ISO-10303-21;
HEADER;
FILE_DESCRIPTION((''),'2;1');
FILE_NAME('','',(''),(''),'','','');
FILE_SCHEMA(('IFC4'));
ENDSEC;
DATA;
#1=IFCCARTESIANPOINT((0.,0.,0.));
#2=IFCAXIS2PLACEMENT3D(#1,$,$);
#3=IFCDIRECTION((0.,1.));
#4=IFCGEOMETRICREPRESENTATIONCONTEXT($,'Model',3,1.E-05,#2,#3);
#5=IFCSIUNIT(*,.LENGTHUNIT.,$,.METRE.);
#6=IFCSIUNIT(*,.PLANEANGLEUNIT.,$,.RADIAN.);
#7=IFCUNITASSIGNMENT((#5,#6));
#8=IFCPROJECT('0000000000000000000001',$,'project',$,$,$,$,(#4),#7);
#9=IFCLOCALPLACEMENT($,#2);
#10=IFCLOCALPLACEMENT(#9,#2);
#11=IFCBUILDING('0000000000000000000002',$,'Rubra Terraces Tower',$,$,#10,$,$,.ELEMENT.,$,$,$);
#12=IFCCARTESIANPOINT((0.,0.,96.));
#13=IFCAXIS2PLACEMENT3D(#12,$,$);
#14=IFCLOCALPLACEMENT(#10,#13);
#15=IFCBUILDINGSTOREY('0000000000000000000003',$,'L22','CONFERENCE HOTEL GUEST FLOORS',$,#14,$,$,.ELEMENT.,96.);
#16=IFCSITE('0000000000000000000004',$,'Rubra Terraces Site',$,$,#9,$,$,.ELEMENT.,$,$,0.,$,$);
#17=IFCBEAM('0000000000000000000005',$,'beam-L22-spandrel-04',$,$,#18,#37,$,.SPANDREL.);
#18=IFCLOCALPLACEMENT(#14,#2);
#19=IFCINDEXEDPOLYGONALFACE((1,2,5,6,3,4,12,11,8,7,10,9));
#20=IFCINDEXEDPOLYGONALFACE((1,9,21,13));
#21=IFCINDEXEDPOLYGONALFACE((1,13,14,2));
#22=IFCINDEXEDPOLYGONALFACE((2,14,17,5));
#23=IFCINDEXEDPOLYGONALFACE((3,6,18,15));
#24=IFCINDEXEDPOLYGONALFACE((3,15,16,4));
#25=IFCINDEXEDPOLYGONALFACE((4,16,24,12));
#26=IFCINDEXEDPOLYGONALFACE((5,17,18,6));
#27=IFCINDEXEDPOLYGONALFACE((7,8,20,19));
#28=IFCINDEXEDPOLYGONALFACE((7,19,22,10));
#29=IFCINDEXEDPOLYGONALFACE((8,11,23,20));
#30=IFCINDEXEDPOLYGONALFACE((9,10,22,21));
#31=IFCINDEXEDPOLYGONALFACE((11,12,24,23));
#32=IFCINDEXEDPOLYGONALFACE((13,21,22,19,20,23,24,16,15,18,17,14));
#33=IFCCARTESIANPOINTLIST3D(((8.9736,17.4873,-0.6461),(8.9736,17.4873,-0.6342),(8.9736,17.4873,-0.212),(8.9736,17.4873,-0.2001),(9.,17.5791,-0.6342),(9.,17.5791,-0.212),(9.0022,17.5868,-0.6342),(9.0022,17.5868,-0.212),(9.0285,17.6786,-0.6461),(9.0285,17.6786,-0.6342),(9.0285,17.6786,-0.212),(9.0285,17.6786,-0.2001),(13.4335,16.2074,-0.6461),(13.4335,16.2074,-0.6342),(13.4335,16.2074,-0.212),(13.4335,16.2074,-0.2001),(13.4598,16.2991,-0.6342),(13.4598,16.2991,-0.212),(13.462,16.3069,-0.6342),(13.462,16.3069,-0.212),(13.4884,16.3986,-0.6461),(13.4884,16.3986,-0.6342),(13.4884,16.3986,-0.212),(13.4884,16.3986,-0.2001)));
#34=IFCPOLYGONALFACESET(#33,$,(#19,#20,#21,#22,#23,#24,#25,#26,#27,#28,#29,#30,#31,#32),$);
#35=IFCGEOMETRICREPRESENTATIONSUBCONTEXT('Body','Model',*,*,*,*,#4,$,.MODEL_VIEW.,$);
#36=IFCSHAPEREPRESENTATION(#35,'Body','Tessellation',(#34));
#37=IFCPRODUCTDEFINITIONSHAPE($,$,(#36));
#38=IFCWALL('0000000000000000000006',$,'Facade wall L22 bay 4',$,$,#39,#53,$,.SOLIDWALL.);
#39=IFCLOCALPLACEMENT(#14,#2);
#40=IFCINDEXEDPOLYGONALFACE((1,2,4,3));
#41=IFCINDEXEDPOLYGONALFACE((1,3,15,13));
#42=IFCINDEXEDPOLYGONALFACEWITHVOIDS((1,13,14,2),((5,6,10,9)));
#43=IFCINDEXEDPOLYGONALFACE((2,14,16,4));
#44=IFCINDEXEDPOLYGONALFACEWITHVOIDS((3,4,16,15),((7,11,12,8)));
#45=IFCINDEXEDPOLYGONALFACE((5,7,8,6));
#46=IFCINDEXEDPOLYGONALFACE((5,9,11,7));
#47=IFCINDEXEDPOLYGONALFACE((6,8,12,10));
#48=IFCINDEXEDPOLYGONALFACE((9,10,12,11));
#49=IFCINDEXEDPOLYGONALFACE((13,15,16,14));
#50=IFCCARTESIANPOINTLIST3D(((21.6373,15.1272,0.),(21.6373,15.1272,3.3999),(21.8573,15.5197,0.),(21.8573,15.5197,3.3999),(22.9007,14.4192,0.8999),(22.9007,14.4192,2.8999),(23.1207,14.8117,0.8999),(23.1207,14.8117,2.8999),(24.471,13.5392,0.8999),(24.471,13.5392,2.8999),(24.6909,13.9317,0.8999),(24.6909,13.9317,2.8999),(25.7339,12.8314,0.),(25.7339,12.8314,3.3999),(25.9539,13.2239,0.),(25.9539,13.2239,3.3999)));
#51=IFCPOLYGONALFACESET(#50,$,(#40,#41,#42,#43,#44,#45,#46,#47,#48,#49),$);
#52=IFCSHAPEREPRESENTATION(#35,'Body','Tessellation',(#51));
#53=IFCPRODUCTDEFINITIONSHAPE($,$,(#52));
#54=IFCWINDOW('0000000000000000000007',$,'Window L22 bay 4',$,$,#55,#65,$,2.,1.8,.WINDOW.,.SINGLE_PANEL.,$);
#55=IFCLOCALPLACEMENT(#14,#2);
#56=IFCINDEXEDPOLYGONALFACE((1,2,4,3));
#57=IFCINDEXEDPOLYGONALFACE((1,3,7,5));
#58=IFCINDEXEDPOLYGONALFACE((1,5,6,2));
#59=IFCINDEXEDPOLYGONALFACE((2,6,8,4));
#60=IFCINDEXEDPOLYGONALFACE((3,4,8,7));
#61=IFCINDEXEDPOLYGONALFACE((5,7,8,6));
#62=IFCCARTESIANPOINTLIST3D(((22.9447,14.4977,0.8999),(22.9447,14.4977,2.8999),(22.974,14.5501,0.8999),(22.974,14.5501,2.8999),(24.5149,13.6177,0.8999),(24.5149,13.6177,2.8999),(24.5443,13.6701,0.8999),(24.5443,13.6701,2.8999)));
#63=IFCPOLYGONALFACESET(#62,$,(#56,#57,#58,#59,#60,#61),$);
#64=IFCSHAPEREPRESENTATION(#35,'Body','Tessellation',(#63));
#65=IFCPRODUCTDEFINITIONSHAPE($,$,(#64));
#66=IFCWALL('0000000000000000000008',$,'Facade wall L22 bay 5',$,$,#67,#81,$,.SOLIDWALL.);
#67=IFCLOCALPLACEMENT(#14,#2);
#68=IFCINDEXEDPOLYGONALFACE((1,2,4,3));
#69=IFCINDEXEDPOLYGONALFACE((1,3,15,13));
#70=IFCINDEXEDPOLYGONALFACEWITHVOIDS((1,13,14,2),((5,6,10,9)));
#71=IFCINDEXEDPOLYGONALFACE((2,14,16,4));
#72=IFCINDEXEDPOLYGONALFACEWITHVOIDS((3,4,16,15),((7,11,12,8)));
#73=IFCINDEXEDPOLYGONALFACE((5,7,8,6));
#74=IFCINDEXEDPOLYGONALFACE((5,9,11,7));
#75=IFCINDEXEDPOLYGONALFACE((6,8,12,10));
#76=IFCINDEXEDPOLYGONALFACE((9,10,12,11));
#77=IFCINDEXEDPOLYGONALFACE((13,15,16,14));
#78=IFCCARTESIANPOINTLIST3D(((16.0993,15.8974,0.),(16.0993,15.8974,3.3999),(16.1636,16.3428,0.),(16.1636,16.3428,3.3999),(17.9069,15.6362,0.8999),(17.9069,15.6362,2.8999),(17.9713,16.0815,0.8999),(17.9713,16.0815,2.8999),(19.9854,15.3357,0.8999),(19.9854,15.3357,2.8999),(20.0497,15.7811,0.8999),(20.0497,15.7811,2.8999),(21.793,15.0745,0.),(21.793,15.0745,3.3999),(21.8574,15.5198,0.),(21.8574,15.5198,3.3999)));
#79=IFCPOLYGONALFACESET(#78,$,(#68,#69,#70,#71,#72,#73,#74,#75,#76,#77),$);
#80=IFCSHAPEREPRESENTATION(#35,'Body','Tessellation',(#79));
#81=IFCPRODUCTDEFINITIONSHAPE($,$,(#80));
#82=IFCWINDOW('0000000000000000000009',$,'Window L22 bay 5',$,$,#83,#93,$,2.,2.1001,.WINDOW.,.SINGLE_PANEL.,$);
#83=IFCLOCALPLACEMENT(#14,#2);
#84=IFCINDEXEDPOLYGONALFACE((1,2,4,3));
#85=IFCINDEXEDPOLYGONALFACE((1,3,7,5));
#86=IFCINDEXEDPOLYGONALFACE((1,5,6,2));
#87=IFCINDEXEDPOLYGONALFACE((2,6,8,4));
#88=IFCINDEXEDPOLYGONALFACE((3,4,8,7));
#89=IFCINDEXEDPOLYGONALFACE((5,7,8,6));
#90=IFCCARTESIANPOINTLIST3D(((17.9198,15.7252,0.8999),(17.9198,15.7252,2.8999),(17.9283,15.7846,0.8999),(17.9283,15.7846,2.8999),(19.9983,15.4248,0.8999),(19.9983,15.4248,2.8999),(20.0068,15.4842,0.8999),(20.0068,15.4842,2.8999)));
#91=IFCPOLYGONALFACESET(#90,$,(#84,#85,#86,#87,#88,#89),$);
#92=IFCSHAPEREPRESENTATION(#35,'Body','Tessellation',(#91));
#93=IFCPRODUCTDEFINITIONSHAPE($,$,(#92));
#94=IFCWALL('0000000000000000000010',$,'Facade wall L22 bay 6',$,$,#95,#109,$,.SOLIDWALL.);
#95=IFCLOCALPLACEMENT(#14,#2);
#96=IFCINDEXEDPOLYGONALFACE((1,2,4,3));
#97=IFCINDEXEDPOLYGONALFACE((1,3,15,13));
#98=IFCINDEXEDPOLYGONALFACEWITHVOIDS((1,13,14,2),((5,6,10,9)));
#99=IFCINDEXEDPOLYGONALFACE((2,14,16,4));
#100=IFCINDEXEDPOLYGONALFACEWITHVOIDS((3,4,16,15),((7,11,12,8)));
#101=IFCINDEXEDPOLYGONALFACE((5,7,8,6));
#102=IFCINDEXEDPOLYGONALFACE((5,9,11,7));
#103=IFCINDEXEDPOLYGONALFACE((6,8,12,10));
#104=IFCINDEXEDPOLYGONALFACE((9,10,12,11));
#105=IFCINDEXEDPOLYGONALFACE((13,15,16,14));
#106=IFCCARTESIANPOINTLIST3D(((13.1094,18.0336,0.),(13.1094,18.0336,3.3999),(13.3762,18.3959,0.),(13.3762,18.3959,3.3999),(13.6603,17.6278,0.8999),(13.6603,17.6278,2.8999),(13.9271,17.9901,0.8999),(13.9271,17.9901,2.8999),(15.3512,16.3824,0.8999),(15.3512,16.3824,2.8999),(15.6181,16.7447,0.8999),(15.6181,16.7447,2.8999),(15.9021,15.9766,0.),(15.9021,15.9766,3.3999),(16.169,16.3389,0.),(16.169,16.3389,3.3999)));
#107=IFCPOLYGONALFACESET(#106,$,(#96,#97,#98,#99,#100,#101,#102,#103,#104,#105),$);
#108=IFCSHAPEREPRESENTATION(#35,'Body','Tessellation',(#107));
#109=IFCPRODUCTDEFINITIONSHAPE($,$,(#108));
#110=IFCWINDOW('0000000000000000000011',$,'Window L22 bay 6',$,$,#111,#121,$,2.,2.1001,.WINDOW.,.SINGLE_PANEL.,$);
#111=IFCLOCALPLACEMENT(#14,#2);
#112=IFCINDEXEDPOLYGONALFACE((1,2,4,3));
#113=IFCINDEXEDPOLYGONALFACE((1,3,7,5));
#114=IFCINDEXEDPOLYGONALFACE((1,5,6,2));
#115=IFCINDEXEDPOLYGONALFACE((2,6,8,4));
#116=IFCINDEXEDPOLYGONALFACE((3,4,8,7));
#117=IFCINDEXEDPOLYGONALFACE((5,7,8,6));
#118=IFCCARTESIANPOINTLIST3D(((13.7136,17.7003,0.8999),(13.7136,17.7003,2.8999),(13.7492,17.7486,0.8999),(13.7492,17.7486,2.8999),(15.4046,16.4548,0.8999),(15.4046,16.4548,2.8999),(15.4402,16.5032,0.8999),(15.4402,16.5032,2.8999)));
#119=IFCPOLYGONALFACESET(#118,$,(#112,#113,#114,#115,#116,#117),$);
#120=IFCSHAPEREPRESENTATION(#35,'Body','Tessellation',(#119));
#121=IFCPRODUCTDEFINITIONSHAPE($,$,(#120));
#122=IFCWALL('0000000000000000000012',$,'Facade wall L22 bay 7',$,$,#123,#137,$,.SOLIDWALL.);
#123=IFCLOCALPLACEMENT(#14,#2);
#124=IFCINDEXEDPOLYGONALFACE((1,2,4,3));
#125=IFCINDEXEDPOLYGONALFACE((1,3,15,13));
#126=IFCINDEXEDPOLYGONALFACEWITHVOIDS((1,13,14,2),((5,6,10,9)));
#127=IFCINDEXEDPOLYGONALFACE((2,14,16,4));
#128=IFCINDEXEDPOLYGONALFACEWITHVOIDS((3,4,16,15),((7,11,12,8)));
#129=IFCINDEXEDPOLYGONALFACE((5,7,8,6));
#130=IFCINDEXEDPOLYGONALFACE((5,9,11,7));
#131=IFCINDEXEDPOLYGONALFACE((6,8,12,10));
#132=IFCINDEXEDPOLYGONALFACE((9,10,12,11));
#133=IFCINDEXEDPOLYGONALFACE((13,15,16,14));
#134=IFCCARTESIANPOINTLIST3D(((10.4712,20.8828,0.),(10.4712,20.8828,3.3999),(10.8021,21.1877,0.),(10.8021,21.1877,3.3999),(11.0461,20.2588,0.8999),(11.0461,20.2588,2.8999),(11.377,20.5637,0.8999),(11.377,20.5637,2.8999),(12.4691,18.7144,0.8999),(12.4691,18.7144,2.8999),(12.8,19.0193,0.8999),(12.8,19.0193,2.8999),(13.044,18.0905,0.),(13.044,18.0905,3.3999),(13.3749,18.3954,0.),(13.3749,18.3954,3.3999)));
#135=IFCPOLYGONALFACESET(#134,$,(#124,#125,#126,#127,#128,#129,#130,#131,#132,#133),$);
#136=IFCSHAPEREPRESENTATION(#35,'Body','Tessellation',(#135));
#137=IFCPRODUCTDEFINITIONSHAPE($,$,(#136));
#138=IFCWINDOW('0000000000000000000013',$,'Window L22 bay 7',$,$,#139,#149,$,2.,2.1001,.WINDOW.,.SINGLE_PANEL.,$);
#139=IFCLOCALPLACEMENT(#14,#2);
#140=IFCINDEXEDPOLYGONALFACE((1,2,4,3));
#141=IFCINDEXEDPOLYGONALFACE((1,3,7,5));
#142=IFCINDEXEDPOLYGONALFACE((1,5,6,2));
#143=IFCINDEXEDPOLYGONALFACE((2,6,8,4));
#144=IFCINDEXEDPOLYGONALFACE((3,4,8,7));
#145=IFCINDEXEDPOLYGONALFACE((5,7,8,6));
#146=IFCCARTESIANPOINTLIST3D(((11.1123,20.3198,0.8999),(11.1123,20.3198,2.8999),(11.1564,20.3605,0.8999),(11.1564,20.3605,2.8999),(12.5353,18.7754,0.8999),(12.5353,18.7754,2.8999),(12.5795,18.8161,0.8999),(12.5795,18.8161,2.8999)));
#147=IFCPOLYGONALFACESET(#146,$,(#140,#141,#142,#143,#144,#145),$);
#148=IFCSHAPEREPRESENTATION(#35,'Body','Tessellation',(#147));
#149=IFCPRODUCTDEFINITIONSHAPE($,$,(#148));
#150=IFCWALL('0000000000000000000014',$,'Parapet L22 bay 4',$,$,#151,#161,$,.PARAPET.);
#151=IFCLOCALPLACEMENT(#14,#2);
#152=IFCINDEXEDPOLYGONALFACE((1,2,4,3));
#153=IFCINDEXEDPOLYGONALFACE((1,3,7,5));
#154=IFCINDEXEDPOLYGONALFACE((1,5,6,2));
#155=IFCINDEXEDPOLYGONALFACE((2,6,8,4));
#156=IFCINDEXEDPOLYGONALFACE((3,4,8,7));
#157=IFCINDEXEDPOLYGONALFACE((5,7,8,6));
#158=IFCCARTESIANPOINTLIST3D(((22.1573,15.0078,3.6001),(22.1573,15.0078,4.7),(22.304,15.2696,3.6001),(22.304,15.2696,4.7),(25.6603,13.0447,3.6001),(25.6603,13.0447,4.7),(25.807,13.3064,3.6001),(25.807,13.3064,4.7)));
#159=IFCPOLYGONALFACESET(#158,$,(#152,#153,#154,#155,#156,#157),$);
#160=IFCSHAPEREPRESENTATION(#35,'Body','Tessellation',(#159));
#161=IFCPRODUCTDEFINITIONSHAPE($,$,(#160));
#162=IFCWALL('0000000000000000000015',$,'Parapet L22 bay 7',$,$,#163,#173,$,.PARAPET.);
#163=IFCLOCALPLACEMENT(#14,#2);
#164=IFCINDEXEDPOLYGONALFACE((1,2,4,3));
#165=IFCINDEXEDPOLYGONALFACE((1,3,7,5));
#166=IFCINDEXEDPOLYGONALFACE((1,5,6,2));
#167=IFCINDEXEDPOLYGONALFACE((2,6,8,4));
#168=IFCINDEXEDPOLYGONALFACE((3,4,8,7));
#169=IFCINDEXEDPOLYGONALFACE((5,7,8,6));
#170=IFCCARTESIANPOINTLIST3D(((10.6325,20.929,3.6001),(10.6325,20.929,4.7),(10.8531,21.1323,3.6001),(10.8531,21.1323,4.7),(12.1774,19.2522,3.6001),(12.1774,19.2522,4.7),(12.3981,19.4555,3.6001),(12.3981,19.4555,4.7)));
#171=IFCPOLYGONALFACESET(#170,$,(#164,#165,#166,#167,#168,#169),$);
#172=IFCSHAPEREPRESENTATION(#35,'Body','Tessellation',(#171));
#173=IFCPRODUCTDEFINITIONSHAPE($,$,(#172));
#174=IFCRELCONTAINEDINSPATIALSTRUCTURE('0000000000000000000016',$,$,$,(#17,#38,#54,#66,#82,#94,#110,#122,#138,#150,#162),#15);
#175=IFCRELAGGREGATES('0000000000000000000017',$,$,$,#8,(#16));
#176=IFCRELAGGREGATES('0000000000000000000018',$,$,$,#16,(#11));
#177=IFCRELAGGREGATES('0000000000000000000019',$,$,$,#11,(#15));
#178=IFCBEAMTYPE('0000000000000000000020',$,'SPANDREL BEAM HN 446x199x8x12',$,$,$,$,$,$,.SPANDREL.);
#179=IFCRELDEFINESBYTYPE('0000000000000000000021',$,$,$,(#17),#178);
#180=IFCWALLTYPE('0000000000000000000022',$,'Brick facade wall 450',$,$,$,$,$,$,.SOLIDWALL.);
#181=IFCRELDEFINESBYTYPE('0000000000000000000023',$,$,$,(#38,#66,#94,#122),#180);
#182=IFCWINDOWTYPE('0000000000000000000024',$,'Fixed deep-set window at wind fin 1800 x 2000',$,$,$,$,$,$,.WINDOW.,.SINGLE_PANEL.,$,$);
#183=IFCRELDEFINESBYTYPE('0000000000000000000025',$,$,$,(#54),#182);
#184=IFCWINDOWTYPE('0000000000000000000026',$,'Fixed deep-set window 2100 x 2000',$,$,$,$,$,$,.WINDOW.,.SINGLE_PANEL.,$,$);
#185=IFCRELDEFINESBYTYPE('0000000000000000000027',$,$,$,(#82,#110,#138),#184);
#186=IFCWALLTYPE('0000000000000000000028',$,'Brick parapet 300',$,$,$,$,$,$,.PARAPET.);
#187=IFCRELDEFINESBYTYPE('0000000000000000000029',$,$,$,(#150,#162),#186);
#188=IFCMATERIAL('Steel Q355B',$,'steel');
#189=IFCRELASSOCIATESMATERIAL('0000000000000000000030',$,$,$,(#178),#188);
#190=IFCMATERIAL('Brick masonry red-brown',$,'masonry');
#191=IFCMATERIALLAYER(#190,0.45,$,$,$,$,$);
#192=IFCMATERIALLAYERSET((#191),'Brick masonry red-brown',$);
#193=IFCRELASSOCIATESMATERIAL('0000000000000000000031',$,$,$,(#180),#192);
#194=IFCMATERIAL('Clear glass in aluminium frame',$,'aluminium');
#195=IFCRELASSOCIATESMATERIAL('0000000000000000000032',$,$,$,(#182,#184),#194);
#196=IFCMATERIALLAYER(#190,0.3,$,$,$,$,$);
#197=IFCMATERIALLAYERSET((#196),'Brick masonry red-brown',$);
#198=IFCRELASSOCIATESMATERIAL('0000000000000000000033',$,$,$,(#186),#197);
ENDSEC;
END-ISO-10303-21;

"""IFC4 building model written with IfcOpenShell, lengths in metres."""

from ifc_helpers import new_model, si_unit, direction, frame, frame_2d, origin, origin_2d, place, context, subcontext, project, spatial, rectangle, i_section, extrude, material, layer, layer_set, material_profile, profile_set, type_object, element, fill, save


model = new_model("IFC4")

# Units and contexts
model_context = context("Model", 3, precision=1e-05, world=origin(), true_north=direction((0.0, 1.0)))
body_context = subcontext(model_context, "Body", "Model", "MODEL_VIEW")
ifc_project = project(units=[si_unit("LENGTHUNIT", "METRE"), si_unit("PLANEANGLEUNIT", "RADIAN")], contexts=[model_context])

# Site, building, storey
site_placement = place(None, origin())
site = spatial("IfcSite", under=ifc_project, at=site_placement, Name="Rubra Terraces Site", CompositionType="ELEMENT", RefElevation=0.0)
building_placement = place(site_placement, origin())
building = spatial("IfcBuilding", under=site, at=building_placement, Name="Rubra Terraces Tower", CompositionType="ELEMENT")
storey_placement = place(building_placement, frame((0.0, 0.0, 96.0)))
storey = spatial("IfcBuildingStorey", under=building, at=storey_placement, Name="L22", Description="CONFERENCE HOTEL GUEST FLOORS", CompositionType="ELEMENT", Elevation=96.0)

# Beam
ifc_material_1 = material(Name="Steel Q355B", Category="steel")
ifc_material_profile_1 = material_profile(ifc_material_1, i_section(OverallWidth=0.199, OverallDepth=0.446, WebThickness=0.0081, FlangeThickness=0.012, at=origin_2d()), Name="HN 446x199x8x12")
ifc_profile_set_1 = profile_set([ifc_material_profile_1], Name="Steel Q355B")
beam_type_1 = type_object("IfcBeamType", Name="SPANDREL BEAM HN 446x199x8x12", PredefinedType="SPANDREL", material=ifc_profile_set_1)
beam_1_placement = place(storey_placement, frame((13.4609, 16.303, -0.4231), z_axis=(-0.961196, 0.275868, 0.0), x_axis=(-0.275868, -0.961196, 0.0)))
element("IfcBeam", 1, at=beam_1_placement, inside=storey, type_object=beam_type_1, Name="beam-L22-spandrel-04", PredefinedType="SPANDREL", context=body_context, shape_type="SweptSolid", body=[
    extrude(i_section(OverallWidth=0.199, OverallDepth=0.446, WebThickness=0.0081, FlangeThickness=0.012, at=origin_2d()), origin(), (0.0, 0.0, 1.0), 4.6399),
])

# Walls, openings, windows
ifc_material_2 = material(Name="Brick masonry red-brown", Category="masonry")
ifc_layer_1 = layer(ifc_material_2, 0.45)
ifc_layer_set_1 = layer_set([ifc_layer_1], Name="Brick masonry red-brown")
wall_type_1 = type_object("IfcWallType", Name="Brick facade wall 450", PredefinedType="SOLIDWALL", material=ifc_layer_set_1)
wall_1_placement = place(storey_placement, frame((25.844, 13.0276, 0.0), z_axis=(0.0, 0.0, 1.0), x_axis=(-0.872346, 0.488888, 0.0)))
wall_1 = element("IfcWall", 2, at=wall_1_placement, inside=storey, type_object=wall_type_1, Name="Facade wall L22 bay 4", PredefinedType="SOLIDWALL", context=body_context, shape_type="SweptSolid", body=[
    extrude(rectangle(XDim=4.696, YDim=0.45, at=frame_2d((2.3481, 0.0))), origin(), (0.0, 0.0, 1.0), 3.3999),
])
opening_1_placement = place(wall_1_placement, frame((1.448, 0.0, 0.8999)))
opening_1 = element("IfcOpeningElement", 3, at=opening_1_placement, cuts=wall_1, PredefinedType="OPENING", context=body_context, shape_type="SweptSolid", body=[
    extrude(rectangle(XDim=1.8, YDim=2.0, at=frame_2d((0.8999, 1.0))), frame((0.0, 0.2349, 0.0), z_axis=(0.0, -1.0, 0.0), x_axis=(1.0, 0.0, 0.0)), (0.0, 0.0, 1.0), 0.47),
])
ifc_material_3 = material(Name="Clear glass in aluminium frame", Category="aluminium")
window_type_1 = type_object("IfcWindowType", Name="Fixed deep-set window at wind fin 1800 x 2000", PartitioningType="SINGLE_PANEL", PredefinedType="WINDOW", material=ifc_material_3)
window_1_placement = place(opening_1_placement, origin())
window_1 = element("IfcWindow", 4, at=window_1_placement, inside=storey, type_object=window_type_1, Name="Window L22 bay 4", OverallHeight=2.0, OverallWidth=1.8, PartitioningType="SINGLE_PANEL", PredefinedType="WINDOW", context=body_context, shape_type="SweptSolid", body=[
    extrude(rectangle(XDim=1.8, YDim=2.0, at=frame_2d((0.8999, 1.0))), frame((0.0, 0.135, 0.0), z_axis=(0.0, -1.0, 0.0), x_axis=(1.0, 0.0, 0.0)), (0.0, 0.0, 1.0), 0.0601),
])
fill(opening_1, window_1)
wall_2_placement = place(storey_placement, frame((21.8252, 15.2971, 0.0), z_axis=(0.0, 0.0, 1.0), x_axis=(-0.989715, 0.143055, 0.0)))
wall_2 = element("IfcWall", 5, at=wall_2_placement, inside=storey, type_object=wall_type_1, Name="Facade wall L22 bay 5", PredefinedType="SOLIDWALL", context=body_context, shape_type="SweptSolid", body=[
    extrude(rectangle(XDim=5.7529, YDim=0.45, at=frame_2d((2.8765, 0.0))), origin(), (0.0, 0.0, 1.0), 3.3999),
])
opening_2_placement = place(wall_2_placement, frame((1.8264, 0.0, 0.8999)))
opening_2 = element("IfcOpeningElement", 6, at=opening_2_placement, cuts=wall_2, PredefinedType="OPENING", context=body_context, shape_type="SweptSolid", body=[
    extrude(rectangle(XDim=2.1001, YDim=2.0, at=frame_2d((1.05, 1.0))), frame((0.0, 0.2349, 0.0), z_axis=(0.0, -1.0, 0.0), x_axis=(1.0, 0.0, 0.0)), (0.0, 0.0, 1.0), 0.47),
])
window_type_2 = type_object("IfcWindowType", Name="Fixed deep-set window 2100 x 2000", PartitioningType="SINGLE_PANEL", PredefinedType="WINDOW", material=ifc_material_3)
window_2_placement = place(opening_2_placement, origin())
window_2 = element("IfcWindow", 7, at=window_2_placement, inside=storey, type_object=window_type_2, Name="Window L22 bay 5", OverallHeight=2.0, OverallWidth=2.1001, PartitioningType="SINGLE_PANEL", PredefinedType="WINDOW", context=body_context, shape_type="SweptSolid", body=[
    extrude(rectangle(XDim=2.1001, YDim=2.0, at=frame_2d((1.05, 1.0))), frame((0.0, 0.135, 0.0), z_axis=(0.0, -1.0, 0.0), x_axis=(1.0, 0.0, 0.0)), (0.0, 0.0, 1.0), 0.0601),
])
fill(opening_2, window_2)
wall_3_placement = place(storey_placement, frame((16.0356, 16.1577, 0.0), z_axis=(0.0, 0.0, 1.0), x_axis=(-0.805181, 0.593029, 0.0)))
wall_3 = element("IfcWall", 8, at=wall_3_placement, inside=storey, type_object=wall_type_1, Name="Facade wall L22 bay 6", PredefinedType="SOLIDWALL", context=body_context, shape_type="SweptSolid", body=[
    extrude(rectangle(XDim=3.4685, YDim=0.45, at=frame_2d((1.7344, 0.0))), origin(), (0.0, 0.0, 1.0), 3.3999),
])
opening_3_placement = place(wall_3_placement, frame((0.6843, 0.0, 0.8999)))
opening_3 = element("IfcOpeningElement", 9, at=opening_3_placement, cuts=wall_3, PredefinedType="OPENING", context=body_context, shape_type="SweptSolid", body=[
    extrude(rectangle(XDim=2.1001, YDim=2.0, at=frame_2d((1.05, 1.0))), frame((0.0, 0.2349, 0.0), z_axis=(0.0, -1.0, 0.0), x_axis=(1.0, 0.0, 0.0)), (0.0, 0.0, 1.0), 0.47),
])
window_3_placement = place(opening_3_placement, origin())
window_3 = element("IfcWindow", 10, at=window_3_placement, inside=storey, type_object=window_type_2, Name="Window L22 bay 6", OverallHeight=2.0, OverallWidth=2.1001, PartitioningType="SINGLE_PANEL", PredefinedType="WINDOW", context=body_context, shape_type="SweptSolid", body=[
    extrude(rectangle(XDim=2.1001, YDim=2.0, at=frame_2d((1.05, 1.0))), frame((0.0, 0.135, 0.0), z_axis=(0.0, -1.0, 0.0), x_axis=(1.0, 0.0, 0.0)), (0.0, 0.0, 1.0), 0.0601),
])
fill(opening_3, window_3)
wall_4_placement = place(storey_placement, frame((13.2095, 18.2429, 0.0), z_axis=(0.0, 0.0, 1.0), x_axis=(-0.677612, 0.735419, 0.0)))
wall_4 = element("IfcWall", 11, at=wall_4_placement, inside=storey, type_object=wall_type_1, Name="Facade wall L22 bay 7", PredefinedType="SOLIDWALL", context=body_context, shape_type="SweptSolid", body=[
    extrude(rectangle(XDim=3.7969, YDim=0.45, at=frame_2d((1.8984, 0.0))), origin(), (0.0, 0.0, 1.0), 3.3999),
])
opening_4_placement = place(wall_4_placement, frame((0.8484, 0.0, 0.8999)))
opening_4 = element("IfcOpeningElement", 12, at=opening_4_placement, cuts=wall_4, PredefinedType="OPENING", context=body_context, shape_type="SweptSolid", body=[
    extrude(rectangle(XDim=2.1001, YDim=2.0, at=frame_2d((1.05, 1.0))), frame((0.0, 0.2349, 0.0), z_axis=(0.0, -1.0, 0.0), x_axis=(1.0, 0.0, 0.0)), (0.0, 0.0, 1.0), 0.47),
])
window_4_placement = place(opening_4_placement, origin())
window_4 = element("IfcWindow", 13, at=window_4_placement, inside=storey, type_object=window_type_2, Name="Window L22 bay 7", OverallHeight=2.0, OverallWidth=2.1001, PartitioningType="SINGLE_PANEL", PredefinedType="WINDOW", context=body_context, shape_type="SweptSolid", body=[
    extrude(rectangle(XDim=2.1001, YDim=2.0, at=frame_2d((1.05, 1.0))), frame((0.0, 0.135, 0.0), z_axis=(0.0, -1.0, 0.0), x_axis=(1.0, 0.0, 0.0)), (0.0, 0.0, 1.0), 0.0601),
])
fill(opening_4, window_4)

# Walls
ifc_layer_2 = layer(ifc_material_2, 0.3)
ifc_layer_set_2 = layer_set([ifc_layer_2], Name="Brick masonry red-brown")
wall_type_2 = type_object("IfcWallType", Name="Brick parapet 300", PredefinedType="PARAPET", material=ifc_layer_set_2)
wall_5_placement = place(storey_placement, frame((25.7336, 13.1755, 3.6001), z_axis=(0.0, 0.0, 1.0), x_axis=(-0.872347, 0.488887, 0.0)))
element("IfcWall", 14, at=wall_5_placement, inside=storey, type_object=wall_type_2, Name="Parapet L22 bay 4", PredefinedType="PARAPET", context=body_context, shape_type="SweptSolid", body=[
    extrude(rectangle(XDim=4.0156, YDim=0.3, at=frame_2d((2.0078, 0.0))), origin(), (0.0, 0.0, 1.0), 1.0999),
])
wall_6_placement = place(storey_placement, frame((12.2878, 19.3538, 3.6001), z_axis=(0.0, 0.0, 1.0), x_axis=(-0.677604, 0.735427, 0.0)))
element("IfcWall", 15, at=wall_6_placement, inside=storey, type_object=wall_type_2, Name="Parapet L22 bay 7", PredefinedType="PARAPET", context=body_context, shape_type="SweptSolid", body=[
    extrude(rectangle(XDim=2.28, YDim=0.3, at=frame_2d((1.1401, 0.0))), origin(), (0.0, 0.0, 1.0), 1.0999),
])

save(model, "model.ifc")
